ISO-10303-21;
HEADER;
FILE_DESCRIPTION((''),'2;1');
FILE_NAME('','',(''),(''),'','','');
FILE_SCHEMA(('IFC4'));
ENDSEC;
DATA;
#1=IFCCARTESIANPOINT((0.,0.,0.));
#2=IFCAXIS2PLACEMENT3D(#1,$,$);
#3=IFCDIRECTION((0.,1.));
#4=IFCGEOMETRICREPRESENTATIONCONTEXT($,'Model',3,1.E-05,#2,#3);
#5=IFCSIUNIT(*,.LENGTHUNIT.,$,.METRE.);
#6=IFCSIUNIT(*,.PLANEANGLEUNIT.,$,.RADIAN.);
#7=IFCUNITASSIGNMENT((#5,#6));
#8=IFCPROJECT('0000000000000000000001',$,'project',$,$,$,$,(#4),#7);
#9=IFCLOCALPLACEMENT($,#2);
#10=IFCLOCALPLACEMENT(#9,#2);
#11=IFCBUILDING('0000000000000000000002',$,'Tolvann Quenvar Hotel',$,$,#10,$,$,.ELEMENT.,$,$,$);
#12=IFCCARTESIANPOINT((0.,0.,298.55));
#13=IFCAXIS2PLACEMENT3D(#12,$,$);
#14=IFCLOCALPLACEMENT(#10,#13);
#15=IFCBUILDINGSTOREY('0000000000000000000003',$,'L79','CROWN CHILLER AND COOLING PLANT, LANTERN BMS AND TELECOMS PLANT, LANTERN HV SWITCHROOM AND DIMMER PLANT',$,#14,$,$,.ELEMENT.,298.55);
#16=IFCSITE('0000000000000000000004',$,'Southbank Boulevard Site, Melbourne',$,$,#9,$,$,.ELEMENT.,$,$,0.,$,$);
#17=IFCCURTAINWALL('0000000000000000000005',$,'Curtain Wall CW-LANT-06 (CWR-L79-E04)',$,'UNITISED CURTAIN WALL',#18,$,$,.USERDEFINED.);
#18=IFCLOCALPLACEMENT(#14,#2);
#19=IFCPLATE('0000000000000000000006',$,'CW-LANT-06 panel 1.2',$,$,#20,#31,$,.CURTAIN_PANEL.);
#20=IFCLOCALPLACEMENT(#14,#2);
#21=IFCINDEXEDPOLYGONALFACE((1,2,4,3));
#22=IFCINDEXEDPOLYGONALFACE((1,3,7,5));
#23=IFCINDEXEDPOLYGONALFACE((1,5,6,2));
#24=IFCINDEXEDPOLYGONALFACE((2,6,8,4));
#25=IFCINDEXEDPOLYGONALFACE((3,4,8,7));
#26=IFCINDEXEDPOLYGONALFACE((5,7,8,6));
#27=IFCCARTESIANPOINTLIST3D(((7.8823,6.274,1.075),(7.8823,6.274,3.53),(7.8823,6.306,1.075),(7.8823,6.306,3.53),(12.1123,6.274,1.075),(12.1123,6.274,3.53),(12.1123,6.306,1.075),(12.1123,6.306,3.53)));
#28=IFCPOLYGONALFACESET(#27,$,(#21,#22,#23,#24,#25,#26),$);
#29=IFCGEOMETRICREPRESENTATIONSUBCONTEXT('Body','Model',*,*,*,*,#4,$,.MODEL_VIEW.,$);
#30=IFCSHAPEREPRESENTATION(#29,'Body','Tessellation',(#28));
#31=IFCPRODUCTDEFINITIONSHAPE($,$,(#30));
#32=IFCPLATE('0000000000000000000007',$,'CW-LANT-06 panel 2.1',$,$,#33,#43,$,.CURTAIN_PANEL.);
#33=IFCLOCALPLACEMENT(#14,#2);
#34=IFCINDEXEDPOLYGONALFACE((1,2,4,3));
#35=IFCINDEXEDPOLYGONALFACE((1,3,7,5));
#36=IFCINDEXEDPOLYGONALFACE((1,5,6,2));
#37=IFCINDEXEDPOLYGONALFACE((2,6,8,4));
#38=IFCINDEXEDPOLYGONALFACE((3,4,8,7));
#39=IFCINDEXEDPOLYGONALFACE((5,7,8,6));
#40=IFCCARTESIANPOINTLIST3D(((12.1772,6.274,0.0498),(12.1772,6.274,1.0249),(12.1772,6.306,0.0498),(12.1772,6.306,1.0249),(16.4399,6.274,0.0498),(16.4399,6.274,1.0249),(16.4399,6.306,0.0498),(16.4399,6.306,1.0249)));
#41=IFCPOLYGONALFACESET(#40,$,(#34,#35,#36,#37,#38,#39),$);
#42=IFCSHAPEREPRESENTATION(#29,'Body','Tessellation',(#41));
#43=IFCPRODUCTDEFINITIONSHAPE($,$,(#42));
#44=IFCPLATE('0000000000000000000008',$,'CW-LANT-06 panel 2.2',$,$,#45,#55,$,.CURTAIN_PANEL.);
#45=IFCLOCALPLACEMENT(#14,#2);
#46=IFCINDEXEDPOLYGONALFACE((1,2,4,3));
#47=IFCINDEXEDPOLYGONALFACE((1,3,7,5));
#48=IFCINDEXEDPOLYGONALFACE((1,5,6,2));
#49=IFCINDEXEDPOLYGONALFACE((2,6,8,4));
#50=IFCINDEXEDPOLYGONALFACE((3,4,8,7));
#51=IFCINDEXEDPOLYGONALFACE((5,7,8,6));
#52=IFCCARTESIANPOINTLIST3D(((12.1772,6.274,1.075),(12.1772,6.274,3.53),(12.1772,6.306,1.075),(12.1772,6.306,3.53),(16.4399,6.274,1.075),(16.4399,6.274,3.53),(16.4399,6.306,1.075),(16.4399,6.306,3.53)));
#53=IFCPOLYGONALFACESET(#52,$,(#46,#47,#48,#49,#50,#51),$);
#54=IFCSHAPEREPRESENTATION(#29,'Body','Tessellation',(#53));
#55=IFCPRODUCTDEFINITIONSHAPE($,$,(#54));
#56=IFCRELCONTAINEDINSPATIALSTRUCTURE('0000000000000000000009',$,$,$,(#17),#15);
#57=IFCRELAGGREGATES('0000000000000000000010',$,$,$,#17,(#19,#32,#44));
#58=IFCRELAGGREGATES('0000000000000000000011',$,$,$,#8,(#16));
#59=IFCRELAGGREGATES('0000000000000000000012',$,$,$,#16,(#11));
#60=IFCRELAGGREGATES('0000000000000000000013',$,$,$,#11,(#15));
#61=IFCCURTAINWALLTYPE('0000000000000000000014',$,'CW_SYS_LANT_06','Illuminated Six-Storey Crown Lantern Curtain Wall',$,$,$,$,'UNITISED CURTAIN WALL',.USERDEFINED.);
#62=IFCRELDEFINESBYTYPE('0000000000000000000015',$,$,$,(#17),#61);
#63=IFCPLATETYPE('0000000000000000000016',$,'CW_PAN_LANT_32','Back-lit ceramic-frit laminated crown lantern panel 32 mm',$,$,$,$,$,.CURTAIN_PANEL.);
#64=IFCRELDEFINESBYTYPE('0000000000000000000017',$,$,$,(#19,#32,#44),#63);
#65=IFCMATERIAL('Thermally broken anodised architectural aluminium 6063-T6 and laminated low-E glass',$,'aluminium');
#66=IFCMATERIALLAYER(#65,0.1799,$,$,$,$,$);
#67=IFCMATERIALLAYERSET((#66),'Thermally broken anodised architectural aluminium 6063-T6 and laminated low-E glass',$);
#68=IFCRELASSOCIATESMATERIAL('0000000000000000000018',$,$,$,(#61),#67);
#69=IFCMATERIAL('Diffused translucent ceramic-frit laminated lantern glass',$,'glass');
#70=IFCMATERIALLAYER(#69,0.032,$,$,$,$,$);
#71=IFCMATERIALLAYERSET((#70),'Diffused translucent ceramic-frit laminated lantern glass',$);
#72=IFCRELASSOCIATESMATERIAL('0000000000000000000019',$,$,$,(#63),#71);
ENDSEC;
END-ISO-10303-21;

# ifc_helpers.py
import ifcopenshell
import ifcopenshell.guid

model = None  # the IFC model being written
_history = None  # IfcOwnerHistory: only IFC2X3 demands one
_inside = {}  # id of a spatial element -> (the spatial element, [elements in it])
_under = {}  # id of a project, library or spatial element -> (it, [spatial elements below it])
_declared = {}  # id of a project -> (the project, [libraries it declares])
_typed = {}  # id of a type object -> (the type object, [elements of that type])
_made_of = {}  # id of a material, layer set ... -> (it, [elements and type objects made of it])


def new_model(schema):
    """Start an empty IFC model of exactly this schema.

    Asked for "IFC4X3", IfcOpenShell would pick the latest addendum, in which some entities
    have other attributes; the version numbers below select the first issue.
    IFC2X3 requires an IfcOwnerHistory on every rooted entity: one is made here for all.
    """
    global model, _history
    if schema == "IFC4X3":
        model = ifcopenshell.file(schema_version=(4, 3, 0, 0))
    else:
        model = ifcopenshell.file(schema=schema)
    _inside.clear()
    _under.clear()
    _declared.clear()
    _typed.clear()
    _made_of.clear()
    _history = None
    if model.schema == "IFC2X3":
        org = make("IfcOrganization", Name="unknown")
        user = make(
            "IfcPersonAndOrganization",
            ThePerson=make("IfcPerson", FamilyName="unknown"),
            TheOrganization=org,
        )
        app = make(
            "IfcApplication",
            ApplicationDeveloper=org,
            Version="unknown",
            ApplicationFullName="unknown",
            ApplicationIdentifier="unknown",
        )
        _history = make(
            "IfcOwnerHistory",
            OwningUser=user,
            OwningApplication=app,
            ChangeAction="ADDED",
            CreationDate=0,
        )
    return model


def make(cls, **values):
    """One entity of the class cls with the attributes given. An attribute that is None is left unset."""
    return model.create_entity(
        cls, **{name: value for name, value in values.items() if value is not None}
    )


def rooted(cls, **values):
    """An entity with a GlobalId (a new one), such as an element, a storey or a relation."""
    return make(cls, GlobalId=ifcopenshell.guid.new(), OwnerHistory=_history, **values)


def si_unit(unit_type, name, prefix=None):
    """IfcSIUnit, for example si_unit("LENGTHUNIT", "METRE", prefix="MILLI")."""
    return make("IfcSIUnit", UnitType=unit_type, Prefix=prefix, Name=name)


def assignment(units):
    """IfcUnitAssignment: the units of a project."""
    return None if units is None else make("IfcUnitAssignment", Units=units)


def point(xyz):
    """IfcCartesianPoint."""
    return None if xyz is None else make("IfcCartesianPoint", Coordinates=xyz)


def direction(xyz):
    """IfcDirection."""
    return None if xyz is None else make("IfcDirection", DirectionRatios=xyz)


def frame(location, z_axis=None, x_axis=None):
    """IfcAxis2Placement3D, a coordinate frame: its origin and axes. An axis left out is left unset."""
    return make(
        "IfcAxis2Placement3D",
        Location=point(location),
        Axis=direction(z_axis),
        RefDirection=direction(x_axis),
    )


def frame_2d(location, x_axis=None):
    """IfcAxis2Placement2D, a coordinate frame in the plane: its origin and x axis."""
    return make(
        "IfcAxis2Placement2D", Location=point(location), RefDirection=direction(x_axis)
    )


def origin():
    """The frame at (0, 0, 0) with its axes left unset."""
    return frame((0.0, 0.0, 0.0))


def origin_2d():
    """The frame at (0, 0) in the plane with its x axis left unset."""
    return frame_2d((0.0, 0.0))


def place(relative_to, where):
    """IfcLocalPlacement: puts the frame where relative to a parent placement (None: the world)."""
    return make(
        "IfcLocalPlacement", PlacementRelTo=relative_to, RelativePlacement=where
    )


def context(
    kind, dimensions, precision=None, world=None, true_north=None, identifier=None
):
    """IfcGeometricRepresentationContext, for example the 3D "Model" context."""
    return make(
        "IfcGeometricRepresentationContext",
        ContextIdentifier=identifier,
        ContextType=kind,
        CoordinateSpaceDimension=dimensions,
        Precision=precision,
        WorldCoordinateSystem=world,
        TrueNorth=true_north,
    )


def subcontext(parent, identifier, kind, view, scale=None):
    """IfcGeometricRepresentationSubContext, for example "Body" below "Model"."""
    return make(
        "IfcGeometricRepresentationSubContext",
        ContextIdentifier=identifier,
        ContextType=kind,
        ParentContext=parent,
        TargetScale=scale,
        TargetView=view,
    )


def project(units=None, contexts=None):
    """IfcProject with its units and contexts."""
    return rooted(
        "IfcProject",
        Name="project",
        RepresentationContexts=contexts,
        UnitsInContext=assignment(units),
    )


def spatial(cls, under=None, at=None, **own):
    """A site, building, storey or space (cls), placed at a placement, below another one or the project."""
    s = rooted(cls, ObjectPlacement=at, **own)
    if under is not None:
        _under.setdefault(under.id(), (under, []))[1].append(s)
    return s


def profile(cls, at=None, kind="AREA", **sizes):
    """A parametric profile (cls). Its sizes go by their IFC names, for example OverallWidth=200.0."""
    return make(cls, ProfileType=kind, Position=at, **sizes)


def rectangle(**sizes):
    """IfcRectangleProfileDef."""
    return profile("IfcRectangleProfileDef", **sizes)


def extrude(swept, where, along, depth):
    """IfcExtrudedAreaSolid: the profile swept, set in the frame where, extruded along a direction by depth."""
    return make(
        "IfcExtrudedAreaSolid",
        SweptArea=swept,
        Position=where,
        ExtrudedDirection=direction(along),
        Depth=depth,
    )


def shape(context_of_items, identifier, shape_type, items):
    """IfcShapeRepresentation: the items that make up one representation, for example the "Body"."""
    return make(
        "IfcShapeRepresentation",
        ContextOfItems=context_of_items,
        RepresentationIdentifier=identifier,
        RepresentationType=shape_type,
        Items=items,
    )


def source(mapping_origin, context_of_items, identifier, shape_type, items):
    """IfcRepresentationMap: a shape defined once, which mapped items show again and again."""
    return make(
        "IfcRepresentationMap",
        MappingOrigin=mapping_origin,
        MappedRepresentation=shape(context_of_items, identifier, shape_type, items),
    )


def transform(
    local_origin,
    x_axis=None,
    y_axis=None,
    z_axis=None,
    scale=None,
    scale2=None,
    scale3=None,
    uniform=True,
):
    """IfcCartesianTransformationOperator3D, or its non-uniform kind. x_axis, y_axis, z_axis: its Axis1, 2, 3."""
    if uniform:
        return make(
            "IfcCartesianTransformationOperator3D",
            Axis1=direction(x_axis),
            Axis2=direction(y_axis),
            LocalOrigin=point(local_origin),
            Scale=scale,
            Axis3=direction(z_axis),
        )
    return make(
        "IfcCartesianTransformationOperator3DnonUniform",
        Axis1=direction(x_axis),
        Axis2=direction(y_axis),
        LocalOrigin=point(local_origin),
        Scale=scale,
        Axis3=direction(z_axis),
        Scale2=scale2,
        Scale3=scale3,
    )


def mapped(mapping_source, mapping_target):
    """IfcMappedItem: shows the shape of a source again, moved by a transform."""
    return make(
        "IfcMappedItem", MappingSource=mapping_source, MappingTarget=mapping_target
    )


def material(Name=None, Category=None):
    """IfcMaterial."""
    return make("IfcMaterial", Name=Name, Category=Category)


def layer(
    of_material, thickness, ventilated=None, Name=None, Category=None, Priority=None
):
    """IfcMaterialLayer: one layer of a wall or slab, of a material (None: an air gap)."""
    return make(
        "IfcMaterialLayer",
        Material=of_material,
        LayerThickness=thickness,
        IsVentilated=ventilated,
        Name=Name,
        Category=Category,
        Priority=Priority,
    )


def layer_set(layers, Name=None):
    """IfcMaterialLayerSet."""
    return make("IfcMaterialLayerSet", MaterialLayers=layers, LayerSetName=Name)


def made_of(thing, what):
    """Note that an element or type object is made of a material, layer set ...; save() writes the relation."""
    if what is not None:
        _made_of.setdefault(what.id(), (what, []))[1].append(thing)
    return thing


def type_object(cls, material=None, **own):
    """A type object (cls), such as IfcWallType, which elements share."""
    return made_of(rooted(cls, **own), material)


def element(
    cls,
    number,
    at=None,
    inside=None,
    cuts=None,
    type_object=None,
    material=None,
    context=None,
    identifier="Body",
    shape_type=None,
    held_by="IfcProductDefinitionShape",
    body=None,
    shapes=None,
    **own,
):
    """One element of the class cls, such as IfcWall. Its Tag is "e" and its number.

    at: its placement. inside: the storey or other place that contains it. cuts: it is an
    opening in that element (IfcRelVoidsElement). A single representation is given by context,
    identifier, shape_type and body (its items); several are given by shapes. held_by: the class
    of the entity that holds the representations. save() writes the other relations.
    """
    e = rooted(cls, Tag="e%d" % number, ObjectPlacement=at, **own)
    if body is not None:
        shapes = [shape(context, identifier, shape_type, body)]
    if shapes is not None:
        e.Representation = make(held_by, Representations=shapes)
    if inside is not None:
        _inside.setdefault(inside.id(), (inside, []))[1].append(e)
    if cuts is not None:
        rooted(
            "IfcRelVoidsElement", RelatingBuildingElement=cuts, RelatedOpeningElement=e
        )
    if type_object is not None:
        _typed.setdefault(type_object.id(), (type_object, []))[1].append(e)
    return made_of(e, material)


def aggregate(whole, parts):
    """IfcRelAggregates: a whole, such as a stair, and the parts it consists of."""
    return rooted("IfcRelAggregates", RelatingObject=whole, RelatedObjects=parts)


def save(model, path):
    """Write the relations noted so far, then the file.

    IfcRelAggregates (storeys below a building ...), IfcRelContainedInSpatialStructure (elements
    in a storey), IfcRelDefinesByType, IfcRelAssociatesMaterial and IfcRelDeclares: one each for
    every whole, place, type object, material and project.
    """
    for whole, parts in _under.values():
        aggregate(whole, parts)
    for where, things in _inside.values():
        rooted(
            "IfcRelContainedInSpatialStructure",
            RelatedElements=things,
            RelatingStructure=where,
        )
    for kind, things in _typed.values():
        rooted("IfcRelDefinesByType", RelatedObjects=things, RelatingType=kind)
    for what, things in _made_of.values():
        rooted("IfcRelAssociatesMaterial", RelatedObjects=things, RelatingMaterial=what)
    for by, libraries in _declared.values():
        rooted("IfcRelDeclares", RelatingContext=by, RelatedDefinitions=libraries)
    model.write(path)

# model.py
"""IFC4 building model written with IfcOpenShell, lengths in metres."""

from ifc_helpers import new_model, si_unit, direction, frame, origin, origin_2d, place, context, subcontext, project, spatial, rectangle, extrude, source, transform, mapped, material, layer, layer_set, type_object, element, aggregate, save


model = new_model("IFC4")

# Units and contexts
model_context = context("Model", 3, precision=1e-05, world=origin(), true_north=direction((0.0, 1.0)))
body_context = subcontext(model_context, "Body", "Model", "MODEL_VIEW")
ifc_project = project(units=[si_unit("LENGTHUNIT", "METRE"), si_unit("PLANEANGLEUNIT", "RADIAN")], contexts=[model_context])

# Site, building, storey
site_placement = place(None, origin())
site = spatial("IfcSite", under=ifc_project, at=site_placement, Name="Southbank Boulevard Site, Melbourne", CompositionType="ELEMENT", RefElevation=0.0)
building_placement = place(site_placement, origin())
building = spatial("IfcBuilding", under=site, at=building_placement, Name="Tolvann Quenvar Hotel", CompositionType="ELEMENT")
storey_placement = place(building_placement, frame((0.0, 0.0, 298.55)))
storey = spatial("IfcBuildingStorey", under=building, at=storey_placement, Name="L79", Description="CROWN CHILLER AND COOLING PLANT, LANTERN BMS AND TELECOMS PLANT, LANTERN HV SWITCHROOM AND DIMMER PLANT", CompositionType="ELEMENT", Elevation=298.55)

# Shared definitions
ifc_material_1 = material(Name="Thermally broken anodised architectural aluminium 6063-T6 and laminated low-E glass", Category="aluminium")
ifc_layer_1 = layer(ifc_material_1, 0.1799)
ifc_layer_set_1 = layer_set([ifc_layer_1], Name="Thermally broken anodised architectural aluminium 6063-T6 and laminated low-E glass")
curtain_wall_type = type_object("IfcCurtainWallType", Name="CW_SYS_LANT_06", Description="Illuminated Six-Storey Crown Lantern Curtain Wall", ElementType="UNITISED CURTAIN WALL", PredefinedType="USERDEFINED", material=ifc_layer_set_1)

# Curtain wall
curtain_wall_1_placement = place(storey_placement, origin())
curtain_wall_1 = element("IfcCurtainWall", 1, at=curtain_wall_1_placement, inside=storey, type_object=curtain_wall_type, Name="Curtain Wall CW-LANT-06 (CWR-L79-E04)", ObjectType="UNITISED CURTAIN WALL", PredefinedType="USERDEFINED")

# Plates
ifc_material_2 = material(Name="Diffused translucent ceramic-frit laminated lantern glass", Category="glass")
ifc_layer_2 = layer(ifc_material_2, 0.032)
ifc_layer_set_2 = layer_set([ifc_layer_2], Name="Diffused translucent ceramic-frit laminated lantern glass")
plate_type = type_object("IfcPlateType", Name="CW_PAN_LANT_32", Description="Back-lit ceramic-frit laminated crown lantern panel 32 mm", PredefinedType="CURTAIN_PANEL", material=ifc_layer_set_2)
shared_shape_1 = source(origin(), body_context, "Body", "SweptSolid", [
    extrude(rectangle(XDim=4.23, YDim=0.032, at=origin_2d()), origin(), (0.0, 0.0, 1.0), 2.4551),
])
plate_1_placement = place(storey_placement, frame((9.9973, 6.29, 1.075), z_axis=(0.0, 0.0, 1.0), x_axis=(1.0, 0.0, 0.0)))
plate_1 = element("IfcPlate", 2, at=plate_1_placement, type_object=plate_type, Name="CW-LANT-06 panel 1.2", PredefinedType="CURTAIN_PANEL", context=body_context, shape_type="MappedRepresentation", body=[
    mapped(shared_shape_1, transform((0.0, 0.0, 0.0), x_axis=(1.0, 0.0, 0.0), y_axis=(0.0, 1.0, 0.0), z_axis=(0.0, 0.0, 1.0), scale=1.0)),
])
shared_shape_2 = source(origin(), body_context, "Body", "SweptSolid", [
    extrude(rectangle(XDim=4.2627, YDim=0.032, at=origin_2d()), origin(), (0.0, 0.0, 1.0), 0.9751),
])
plate_2_placement = place(storey_placement, frame((14.3086, 6.29, 0.0498), z_axis=(0.0, 0.0, 1.0), x_axis=(1.0, 0.0, 0.0)))
plate_2 = element("IfcPlate", 3, at=plate_2_placement, type_object=plate_type, Name="CW-LANT-06 panel 2.1", PredefinedType="CURTAIN_PANEL", context=body_context, shape_type="MappedRepresentation", body=[
    mapped(shared_shape_2, transform((0.0, 0.0, 0.0), x_axis=(1.0, 0.0, 0.0), y_axis=(0.0, 1.0, 0.0), z_axis=(0.0, 0.0, 1.0), scale=1.0)),
])
shared_shape_3 = source(origin(), body_context, "Body", "SweptSolid", [
    extrude(rectangle(XDim=4.2627, YDim=0.032, at=origin_2d()), origin(), (0.0, 0.0, 1.0), 2.4551),
])
plate_3_placement = place(storey_placement, frame((14.3086, 6.29, 1.075), z_axis=(0.0, 0.0, 1.0), x_axis=(1.0, 0.0, 0.0)))
plate_3 = element("IfcPlate", 4, at=plate_3_placement, type_object=plate_type, Name="CW-LANT-06 panel 2.2", PredefinedType="CURTAIN_PANEL", context=body_context, shape_type="MappedRepresentation", body=[
    mapped(shared_shape_3, transform((0.0, 0.0, 0.0), x_axis=(1.0, 0.0, 0.0), y_axis=(0.0, 1.0, 0.0), z_axis=(0.0, 0.0, 1.0), scale=1.0)),
])
aggregate(curtain_wall_1, [plate_1, plate_2, plate_3])

save(model, "model.ifc")
